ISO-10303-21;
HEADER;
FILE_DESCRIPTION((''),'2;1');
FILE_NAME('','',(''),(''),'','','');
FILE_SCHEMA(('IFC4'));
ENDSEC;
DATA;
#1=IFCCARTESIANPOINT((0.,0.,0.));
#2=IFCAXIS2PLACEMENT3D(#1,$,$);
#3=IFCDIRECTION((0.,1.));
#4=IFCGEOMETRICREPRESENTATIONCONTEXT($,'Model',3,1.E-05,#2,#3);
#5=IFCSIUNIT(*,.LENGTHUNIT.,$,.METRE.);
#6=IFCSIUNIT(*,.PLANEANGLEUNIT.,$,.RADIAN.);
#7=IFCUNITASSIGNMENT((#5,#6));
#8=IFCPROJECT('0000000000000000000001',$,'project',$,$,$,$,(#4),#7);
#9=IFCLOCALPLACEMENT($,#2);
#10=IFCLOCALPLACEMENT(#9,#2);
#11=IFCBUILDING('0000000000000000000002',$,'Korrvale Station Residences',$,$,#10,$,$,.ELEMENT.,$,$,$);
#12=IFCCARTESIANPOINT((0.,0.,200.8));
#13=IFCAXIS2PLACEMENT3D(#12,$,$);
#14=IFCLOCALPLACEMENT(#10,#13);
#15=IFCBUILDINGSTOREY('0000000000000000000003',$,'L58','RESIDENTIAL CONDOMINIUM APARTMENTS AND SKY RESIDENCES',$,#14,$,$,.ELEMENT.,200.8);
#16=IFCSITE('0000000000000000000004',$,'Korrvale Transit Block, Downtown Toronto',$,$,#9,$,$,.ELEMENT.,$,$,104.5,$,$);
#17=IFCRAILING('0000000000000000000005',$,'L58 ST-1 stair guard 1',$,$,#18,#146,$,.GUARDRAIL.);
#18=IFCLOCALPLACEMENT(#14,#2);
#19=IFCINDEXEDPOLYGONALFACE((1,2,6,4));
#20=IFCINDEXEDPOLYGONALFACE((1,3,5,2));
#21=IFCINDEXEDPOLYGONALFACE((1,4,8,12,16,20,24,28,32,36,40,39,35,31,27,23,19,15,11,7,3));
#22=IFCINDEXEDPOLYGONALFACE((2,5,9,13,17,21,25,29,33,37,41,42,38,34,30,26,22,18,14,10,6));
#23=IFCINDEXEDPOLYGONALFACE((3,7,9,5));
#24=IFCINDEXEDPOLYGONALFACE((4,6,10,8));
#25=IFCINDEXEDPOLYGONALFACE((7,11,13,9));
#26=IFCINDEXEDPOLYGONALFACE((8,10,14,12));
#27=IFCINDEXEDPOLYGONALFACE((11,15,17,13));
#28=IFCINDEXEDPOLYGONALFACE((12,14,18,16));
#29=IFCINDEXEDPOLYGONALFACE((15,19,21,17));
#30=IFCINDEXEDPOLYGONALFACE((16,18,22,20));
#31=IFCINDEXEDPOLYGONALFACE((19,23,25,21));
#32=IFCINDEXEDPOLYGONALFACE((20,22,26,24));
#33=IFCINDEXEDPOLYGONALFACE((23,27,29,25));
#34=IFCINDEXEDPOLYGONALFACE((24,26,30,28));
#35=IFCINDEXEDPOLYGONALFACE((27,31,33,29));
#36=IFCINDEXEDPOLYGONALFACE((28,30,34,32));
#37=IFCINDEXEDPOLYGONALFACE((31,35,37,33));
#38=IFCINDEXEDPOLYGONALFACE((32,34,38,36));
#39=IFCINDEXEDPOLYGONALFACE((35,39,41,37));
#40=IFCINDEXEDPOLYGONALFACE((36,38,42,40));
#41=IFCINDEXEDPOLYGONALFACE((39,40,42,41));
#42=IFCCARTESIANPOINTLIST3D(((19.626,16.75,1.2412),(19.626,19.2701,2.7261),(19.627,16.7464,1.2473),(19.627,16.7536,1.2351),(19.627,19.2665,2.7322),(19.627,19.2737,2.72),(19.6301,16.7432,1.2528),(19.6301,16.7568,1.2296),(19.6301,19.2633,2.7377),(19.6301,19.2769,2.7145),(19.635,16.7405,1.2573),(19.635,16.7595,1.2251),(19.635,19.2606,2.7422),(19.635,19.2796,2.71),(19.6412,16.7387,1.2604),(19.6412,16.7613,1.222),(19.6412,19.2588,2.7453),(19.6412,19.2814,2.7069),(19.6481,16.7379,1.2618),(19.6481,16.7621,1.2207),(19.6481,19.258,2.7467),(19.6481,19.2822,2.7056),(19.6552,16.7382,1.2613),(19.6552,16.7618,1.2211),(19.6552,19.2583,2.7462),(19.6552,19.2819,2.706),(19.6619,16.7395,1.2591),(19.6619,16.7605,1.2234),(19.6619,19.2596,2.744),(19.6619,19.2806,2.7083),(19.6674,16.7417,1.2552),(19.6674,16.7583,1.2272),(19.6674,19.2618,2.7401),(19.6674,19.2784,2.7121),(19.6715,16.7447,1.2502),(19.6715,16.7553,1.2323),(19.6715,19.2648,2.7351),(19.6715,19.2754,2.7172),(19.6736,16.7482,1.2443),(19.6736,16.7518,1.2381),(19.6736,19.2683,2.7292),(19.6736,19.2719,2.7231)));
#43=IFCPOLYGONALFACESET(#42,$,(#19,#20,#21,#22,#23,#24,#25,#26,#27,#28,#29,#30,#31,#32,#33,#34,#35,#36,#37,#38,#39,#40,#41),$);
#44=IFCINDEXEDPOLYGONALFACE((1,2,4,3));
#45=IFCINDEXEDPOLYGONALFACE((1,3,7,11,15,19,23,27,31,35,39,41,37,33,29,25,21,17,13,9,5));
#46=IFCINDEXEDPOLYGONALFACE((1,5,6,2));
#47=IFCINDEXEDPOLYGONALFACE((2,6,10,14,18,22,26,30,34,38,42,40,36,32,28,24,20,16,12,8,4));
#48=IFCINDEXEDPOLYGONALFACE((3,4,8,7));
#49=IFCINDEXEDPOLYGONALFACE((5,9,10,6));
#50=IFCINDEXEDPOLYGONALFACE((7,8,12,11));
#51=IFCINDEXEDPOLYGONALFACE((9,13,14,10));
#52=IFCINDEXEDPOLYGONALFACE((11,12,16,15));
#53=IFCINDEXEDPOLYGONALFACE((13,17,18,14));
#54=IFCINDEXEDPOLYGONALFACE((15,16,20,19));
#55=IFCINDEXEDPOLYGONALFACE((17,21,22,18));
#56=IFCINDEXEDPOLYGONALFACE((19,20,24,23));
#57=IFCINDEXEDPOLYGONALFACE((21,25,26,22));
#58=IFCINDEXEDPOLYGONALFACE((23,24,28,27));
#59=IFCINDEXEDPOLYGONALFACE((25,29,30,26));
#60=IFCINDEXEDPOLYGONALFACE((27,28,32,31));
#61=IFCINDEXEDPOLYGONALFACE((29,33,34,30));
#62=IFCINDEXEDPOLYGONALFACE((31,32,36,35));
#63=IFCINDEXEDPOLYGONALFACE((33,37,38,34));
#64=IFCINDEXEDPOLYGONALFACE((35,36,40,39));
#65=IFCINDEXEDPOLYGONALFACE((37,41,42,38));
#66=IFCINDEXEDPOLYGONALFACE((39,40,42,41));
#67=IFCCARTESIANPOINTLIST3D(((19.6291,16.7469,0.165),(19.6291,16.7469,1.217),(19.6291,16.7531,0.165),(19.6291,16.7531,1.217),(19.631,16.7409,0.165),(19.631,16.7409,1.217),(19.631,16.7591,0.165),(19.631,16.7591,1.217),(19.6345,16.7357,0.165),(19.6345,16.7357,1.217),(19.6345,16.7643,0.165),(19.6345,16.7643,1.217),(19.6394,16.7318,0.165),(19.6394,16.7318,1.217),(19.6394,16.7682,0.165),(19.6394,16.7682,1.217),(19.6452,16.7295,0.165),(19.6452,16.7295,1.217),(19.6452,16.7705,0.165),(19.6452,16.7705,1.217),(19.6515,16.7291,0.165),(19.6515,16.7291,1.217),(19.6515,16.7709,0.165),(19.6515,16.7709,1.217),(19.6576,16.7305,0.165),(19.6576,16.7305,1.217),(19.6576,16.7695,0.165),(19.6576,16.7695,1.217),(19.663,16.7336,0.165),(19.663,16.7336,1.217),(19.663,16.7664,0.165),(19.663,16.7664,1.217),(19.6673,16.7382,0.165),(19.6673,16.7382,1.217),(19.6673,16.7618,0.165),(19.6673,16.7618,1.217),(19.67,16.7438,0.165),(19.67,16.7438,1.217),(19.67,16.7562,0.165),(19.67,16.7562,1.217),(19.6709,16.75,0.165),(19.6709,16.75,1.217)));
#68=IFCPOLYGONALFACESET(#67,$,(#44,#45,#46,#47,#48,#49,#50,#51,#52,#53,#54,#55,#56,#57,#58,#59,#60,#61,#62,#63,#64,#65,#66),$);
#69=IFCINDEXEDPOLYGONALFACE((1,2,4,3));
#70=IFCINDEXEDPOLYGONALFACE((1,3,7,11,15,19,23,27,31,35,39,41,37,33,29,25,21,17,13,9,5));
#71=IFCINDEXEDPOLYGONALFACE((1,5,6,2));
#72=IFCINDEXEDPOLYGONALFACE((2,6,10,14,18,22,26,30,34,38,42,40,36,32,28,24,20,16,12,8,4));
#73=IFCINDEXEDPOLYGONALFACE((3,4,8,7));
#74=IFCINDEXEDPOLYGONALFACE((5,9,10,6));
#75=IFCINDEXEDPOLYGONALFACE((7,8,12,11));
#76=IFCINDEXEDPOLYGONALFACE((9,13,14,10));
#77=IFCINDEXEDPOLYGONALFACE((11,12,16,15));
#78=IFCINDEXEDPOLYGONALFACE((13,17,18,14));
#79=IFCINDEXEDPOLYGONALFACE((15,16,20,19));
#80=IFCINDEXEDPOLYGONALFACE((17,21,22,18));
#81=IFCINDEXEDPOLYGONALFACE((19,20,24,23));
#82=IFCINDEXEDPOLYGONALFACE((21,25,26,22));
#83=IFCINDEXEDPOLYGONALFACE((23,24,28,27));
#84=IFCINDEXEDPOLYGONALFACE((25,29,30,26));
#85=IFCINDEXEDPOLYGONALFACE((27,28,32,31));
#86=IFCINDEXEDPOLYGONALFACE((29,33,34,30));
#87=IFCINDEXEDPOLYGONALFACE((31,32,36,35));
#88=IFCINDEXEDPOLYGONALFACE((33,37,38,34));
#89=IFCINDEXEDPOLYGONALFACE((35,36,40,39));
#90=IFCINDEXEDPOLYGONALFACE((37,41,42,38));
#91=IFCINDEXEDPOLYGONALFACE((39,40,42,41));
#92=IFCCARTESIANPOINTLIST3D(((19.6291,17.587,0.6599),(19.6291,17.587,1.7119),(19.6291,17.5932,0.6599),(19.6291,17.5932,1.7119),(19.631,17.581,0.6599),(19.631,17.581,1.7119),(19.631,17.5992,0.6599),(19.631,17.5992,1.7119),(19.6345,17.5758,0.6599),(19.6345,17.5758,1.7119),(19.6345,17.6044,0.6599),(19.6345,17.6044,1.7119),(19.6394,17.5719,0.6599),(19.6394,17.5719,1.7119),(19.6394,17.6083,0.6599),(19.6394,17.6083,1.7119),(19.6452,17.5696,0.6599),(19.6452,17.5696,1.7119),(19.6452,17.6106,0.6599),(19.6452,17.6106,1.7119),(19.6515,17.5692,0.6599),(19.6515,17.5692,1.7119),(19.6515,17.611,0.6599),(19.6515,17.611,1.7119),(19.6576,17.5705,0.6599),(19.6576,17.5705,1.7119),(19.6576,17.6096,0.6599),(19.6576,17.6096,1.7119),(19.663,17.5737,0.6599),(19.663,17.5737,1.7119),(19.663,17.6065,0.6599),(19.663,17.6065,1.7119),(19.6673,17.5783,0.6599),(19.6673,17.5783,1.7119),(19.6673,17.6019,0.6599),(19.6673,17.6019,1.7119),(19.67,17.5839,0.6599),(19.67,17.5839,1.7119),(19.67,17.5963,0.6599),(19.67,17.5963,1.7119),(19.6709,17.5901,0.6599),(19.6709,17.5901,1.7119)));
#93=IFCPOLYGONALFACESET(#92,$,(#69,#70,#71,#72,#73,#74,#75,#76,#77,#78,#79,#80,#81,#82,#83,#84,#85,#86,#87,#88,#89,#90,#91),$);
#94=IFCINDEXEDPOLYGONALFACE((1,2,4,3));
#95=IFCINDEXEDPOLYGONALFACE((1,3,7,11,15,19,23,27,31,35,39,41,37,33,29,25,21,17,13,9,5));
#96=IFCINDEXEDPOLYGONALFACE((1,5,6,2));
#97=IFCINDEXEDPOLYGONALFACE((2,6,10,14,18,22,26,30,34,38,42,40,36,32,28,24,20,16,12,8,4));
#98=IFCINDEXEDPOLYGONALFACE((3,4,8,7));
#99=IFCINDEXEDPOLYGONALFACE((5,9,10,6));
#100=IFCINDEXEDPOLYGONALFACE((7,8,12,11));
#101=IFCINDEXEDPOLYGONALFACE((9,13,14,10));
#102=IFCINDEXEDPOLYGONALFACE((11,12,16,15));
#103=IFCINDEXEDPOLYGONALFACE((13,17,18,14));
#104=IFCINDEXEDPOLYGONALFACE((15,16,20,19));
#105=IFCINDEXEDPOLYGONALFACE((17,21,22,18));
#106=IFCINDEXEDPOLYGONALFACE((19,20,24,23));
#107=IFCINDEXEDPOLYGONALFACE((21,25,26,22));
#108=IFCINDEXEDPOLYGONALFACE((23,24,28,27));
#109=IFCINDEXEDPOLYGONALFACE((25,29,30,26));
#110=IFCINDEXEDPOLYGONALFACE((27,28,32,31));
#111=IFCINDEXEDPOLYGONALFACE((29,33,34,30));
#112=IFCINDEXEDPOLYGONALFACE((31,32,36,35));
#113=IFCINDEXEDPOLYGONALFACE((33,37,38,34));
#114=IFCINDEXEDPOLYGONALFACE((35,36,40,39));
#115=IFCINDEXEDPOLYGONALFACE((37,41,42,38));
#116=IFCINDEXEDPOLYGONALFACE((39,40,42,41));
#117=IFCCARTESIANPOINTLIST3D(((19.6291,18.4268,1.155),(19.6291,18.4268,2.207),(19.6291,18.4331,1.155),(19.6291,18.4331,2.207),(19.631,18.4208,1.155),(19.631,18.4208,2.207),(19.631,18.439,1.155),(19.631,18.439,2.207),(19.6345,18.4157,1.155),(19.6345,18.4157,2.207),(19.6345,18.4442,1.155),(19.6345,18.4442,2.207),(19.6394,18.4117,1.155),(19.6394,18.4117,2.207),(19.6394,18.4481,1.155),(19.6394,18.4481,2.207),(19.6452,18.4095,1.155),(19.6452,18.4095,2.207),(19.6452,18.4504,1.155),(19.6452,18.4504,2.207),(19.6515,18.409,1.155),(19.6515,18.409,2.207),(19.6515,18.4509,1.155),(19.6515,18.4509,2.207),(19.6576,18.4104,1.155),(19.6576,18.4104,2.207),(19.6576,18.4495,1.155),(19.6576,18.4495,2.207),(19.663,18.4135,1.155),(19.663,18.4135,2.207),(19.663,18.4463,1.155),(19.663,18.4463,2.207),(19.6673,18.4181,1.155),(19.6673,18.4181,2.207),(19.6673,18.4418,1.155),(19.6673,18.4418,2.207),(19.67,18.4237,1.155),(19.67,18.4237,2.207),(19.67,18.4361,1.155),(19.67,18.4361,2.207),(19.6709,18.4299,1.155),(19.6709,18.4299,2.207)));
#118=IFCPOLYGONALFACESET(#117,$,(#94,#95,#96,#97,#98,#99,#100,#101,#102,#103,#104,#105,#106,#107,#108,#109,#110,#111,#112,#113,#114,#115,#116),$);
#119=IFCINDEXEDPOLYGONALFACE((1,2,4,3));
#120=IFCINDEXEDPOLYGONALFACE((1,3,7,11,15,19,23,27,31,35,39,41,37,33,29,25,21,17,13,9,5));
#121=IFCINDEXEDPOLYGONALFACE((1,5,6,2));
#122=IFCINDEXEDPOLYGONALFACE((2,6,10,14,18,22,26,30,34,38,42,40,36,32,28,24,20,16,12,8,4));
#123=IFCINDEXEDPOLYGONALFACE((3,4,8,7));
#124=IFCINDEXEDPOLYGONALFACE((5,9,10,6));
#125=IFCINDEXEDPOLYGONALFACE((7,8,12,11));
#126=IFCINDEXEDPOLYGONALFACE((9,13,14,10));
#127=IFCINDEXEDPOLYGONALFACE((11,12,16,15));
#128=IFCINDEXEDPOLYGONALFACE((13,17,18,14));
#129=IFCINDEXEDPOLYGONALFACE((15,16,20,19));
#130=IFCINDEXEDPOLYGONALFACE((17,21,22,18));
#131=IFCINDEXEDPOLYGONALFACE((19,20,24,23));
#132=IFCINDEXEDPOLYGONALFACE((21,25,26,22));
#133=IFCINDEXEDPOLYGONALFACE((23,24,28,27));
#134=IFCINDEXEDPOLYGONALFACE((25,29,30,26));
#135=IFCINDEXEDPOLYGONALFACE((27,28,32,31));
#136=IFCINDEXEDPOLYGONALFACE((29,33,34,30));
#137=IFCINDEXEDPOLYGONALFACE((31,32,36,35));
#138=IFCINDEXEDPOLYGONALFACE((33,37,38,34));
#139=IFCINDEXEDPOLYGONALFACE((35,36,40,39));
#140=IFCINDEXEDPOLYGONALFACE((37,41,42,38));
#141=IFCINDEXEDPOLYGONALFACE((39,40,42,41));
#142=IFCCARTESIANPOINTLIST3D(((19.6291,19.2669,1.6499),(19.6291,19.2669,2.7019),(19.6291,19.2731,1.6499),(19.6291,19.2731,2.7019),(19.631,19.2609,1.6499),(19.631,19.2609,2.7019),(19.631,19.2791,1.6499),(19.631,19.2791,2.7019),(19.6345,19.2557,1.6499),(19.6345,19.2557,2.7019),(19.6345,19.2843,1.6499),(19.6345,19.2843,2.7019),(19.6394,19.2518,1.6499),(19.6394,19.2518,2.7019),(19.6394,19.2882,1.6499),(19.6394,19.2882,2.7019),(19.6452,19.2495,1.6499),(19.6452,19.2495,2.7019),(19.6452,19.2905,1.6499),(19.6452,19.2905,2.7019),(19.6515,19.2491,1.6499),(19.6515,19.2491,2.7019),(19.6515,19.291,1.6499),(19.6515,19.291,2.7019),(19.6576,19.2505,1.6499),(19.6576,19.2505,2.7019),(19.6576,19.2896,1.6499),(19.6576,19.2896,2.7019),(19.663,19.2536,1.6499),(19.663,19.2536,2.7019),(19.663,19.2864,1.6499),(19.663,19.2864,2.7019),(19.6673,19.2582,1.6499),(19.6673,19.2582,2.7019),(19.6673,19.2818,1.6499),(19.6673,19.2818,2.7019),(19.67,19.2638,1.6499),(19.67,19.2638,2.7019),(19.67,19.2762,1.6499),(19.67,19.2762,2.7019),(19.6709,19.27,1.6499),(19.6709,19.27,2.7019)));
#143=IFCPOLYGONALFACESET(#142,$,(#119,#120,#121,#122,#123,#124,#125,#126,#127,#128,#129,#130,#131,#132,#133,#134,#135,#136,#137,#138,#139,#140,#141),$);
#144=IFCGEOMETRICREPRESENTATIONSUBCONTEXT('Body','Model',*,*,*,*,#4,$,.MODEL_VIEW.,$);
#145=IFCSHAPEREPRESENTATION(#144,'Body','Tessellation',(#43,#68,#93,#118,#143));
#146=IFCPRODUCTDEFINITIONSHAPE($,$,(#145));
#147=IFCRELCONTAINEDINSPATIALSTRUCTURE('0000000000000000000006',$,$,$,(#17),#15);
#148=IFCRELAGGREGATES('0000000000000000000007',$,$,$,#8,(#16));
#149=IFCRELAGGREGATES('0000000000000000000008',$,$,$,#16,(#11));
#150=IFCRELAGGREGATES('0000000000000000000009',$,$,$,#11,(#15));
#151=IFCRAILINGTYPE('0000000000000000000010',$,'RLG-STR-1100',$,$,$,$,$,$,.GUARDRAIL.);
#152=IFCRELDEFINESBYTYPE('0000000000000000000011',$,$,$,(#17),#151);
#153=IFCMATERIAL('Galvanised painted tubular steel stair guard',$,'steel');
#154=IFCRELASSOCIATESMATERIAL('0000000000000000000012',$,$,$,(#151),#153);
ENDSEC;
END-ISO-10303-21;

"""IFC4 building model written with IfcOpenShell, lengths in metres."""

from ifc_helpers import new_model, si_unit, direction, frame, origin, origin_2d, place, context, subcontext, project, spatial, circle, extrude, material, type_object, element, save


model = new_model("IFC4")

# Units and contexts
model_context = context("Model", 3, precision=1e-05, world=origin(), true_north=direction((0.0, 1.0)))
body_context = subcontext(model_context, "Body", "Model", "MODEL_VIEW")
ifc_project = project(units=[si_unit("LENGTHUNIT", "METRE"), si_unit("PLANEANGLEUNIT", "RADIAN")], contexts=[model_context])

# Site, building, storey
site_placement = place(None, origin())
site = spatial("IfcSite", under=ifc_project, at=site_placement, Name="Korrvale Transit Block, Downtown Toronto", CompositionType="ELEMENT", RefElevation=104.5)
building_placement = place(site_placement, origin())
building = spatial("IfcBuilding", under=site, at=building_placement, Name="Korrvale Station Residences", CompositionType="ELEMENT")
storey_placement = place(building_placement, frame((0.0, 0.0, 200.8)))
storey = spatial("IfcBuildingStorey", under=building, at=storey_placement, Name="L58", Description="RESIDENTIAL CONDOMINIUM APARTMENTS AND SKY RESIDENCES", CompositionType="ELEMENT", Elevation=200.8)

# Railing
ifc_material_1 = material(Name="Galvanised painted tubular steel stair guard", Category="steel")
railing_type_1 = type_object("IfcRailingType", Name="RLG-STR-1100", PredefinedType="GUARDRAIL", material=ifc_material_1)
railing_1_placement = place(storey_placement, frame((19.6499, 16.75, 0.165)))
element("IfcRailing", 1, at=railing_1_placement, inside=storey, type_object=railing_type_1, Name="L58 ST-1 stair guard 1", PredefinedType="GUARDRAIL", context=body_context, shape_type="SweptSolid", body=[
    extrude(circle(Radius=0.0239, at=origin_2d()), frame((0.0, 0.0, 1.0762), z_axis=(0.0, 0.861561, 0.507655), x_axis=(-1.0, 0.0, 0.0)), (0.0, 0.0, 1.0), 2.925),
    extrude(circle(Radius=0.021, at=origin_2d()), origin(), (0.0, 0.0, 1.0), 1.052),
    extrude(circle(Radius=0.021, at=origin_2d()), frame((0.0, 0.8401, 0.4949)), (0.0, 0.0, 1.0), 1.052),
    extrude(circle(Radius=0.021, at=origin_2d()), frame((0.0, 1.6799, 0.99)), (0.0, 0.0, 1.0), 1.052),
    extrude(circle(Radius=0.021, at=origin_2d()), frame((0.0, 2.52, 1.4849)), (0.0, 0.0, 1.0), 1.052),
])

save(model, "model.ifc")
